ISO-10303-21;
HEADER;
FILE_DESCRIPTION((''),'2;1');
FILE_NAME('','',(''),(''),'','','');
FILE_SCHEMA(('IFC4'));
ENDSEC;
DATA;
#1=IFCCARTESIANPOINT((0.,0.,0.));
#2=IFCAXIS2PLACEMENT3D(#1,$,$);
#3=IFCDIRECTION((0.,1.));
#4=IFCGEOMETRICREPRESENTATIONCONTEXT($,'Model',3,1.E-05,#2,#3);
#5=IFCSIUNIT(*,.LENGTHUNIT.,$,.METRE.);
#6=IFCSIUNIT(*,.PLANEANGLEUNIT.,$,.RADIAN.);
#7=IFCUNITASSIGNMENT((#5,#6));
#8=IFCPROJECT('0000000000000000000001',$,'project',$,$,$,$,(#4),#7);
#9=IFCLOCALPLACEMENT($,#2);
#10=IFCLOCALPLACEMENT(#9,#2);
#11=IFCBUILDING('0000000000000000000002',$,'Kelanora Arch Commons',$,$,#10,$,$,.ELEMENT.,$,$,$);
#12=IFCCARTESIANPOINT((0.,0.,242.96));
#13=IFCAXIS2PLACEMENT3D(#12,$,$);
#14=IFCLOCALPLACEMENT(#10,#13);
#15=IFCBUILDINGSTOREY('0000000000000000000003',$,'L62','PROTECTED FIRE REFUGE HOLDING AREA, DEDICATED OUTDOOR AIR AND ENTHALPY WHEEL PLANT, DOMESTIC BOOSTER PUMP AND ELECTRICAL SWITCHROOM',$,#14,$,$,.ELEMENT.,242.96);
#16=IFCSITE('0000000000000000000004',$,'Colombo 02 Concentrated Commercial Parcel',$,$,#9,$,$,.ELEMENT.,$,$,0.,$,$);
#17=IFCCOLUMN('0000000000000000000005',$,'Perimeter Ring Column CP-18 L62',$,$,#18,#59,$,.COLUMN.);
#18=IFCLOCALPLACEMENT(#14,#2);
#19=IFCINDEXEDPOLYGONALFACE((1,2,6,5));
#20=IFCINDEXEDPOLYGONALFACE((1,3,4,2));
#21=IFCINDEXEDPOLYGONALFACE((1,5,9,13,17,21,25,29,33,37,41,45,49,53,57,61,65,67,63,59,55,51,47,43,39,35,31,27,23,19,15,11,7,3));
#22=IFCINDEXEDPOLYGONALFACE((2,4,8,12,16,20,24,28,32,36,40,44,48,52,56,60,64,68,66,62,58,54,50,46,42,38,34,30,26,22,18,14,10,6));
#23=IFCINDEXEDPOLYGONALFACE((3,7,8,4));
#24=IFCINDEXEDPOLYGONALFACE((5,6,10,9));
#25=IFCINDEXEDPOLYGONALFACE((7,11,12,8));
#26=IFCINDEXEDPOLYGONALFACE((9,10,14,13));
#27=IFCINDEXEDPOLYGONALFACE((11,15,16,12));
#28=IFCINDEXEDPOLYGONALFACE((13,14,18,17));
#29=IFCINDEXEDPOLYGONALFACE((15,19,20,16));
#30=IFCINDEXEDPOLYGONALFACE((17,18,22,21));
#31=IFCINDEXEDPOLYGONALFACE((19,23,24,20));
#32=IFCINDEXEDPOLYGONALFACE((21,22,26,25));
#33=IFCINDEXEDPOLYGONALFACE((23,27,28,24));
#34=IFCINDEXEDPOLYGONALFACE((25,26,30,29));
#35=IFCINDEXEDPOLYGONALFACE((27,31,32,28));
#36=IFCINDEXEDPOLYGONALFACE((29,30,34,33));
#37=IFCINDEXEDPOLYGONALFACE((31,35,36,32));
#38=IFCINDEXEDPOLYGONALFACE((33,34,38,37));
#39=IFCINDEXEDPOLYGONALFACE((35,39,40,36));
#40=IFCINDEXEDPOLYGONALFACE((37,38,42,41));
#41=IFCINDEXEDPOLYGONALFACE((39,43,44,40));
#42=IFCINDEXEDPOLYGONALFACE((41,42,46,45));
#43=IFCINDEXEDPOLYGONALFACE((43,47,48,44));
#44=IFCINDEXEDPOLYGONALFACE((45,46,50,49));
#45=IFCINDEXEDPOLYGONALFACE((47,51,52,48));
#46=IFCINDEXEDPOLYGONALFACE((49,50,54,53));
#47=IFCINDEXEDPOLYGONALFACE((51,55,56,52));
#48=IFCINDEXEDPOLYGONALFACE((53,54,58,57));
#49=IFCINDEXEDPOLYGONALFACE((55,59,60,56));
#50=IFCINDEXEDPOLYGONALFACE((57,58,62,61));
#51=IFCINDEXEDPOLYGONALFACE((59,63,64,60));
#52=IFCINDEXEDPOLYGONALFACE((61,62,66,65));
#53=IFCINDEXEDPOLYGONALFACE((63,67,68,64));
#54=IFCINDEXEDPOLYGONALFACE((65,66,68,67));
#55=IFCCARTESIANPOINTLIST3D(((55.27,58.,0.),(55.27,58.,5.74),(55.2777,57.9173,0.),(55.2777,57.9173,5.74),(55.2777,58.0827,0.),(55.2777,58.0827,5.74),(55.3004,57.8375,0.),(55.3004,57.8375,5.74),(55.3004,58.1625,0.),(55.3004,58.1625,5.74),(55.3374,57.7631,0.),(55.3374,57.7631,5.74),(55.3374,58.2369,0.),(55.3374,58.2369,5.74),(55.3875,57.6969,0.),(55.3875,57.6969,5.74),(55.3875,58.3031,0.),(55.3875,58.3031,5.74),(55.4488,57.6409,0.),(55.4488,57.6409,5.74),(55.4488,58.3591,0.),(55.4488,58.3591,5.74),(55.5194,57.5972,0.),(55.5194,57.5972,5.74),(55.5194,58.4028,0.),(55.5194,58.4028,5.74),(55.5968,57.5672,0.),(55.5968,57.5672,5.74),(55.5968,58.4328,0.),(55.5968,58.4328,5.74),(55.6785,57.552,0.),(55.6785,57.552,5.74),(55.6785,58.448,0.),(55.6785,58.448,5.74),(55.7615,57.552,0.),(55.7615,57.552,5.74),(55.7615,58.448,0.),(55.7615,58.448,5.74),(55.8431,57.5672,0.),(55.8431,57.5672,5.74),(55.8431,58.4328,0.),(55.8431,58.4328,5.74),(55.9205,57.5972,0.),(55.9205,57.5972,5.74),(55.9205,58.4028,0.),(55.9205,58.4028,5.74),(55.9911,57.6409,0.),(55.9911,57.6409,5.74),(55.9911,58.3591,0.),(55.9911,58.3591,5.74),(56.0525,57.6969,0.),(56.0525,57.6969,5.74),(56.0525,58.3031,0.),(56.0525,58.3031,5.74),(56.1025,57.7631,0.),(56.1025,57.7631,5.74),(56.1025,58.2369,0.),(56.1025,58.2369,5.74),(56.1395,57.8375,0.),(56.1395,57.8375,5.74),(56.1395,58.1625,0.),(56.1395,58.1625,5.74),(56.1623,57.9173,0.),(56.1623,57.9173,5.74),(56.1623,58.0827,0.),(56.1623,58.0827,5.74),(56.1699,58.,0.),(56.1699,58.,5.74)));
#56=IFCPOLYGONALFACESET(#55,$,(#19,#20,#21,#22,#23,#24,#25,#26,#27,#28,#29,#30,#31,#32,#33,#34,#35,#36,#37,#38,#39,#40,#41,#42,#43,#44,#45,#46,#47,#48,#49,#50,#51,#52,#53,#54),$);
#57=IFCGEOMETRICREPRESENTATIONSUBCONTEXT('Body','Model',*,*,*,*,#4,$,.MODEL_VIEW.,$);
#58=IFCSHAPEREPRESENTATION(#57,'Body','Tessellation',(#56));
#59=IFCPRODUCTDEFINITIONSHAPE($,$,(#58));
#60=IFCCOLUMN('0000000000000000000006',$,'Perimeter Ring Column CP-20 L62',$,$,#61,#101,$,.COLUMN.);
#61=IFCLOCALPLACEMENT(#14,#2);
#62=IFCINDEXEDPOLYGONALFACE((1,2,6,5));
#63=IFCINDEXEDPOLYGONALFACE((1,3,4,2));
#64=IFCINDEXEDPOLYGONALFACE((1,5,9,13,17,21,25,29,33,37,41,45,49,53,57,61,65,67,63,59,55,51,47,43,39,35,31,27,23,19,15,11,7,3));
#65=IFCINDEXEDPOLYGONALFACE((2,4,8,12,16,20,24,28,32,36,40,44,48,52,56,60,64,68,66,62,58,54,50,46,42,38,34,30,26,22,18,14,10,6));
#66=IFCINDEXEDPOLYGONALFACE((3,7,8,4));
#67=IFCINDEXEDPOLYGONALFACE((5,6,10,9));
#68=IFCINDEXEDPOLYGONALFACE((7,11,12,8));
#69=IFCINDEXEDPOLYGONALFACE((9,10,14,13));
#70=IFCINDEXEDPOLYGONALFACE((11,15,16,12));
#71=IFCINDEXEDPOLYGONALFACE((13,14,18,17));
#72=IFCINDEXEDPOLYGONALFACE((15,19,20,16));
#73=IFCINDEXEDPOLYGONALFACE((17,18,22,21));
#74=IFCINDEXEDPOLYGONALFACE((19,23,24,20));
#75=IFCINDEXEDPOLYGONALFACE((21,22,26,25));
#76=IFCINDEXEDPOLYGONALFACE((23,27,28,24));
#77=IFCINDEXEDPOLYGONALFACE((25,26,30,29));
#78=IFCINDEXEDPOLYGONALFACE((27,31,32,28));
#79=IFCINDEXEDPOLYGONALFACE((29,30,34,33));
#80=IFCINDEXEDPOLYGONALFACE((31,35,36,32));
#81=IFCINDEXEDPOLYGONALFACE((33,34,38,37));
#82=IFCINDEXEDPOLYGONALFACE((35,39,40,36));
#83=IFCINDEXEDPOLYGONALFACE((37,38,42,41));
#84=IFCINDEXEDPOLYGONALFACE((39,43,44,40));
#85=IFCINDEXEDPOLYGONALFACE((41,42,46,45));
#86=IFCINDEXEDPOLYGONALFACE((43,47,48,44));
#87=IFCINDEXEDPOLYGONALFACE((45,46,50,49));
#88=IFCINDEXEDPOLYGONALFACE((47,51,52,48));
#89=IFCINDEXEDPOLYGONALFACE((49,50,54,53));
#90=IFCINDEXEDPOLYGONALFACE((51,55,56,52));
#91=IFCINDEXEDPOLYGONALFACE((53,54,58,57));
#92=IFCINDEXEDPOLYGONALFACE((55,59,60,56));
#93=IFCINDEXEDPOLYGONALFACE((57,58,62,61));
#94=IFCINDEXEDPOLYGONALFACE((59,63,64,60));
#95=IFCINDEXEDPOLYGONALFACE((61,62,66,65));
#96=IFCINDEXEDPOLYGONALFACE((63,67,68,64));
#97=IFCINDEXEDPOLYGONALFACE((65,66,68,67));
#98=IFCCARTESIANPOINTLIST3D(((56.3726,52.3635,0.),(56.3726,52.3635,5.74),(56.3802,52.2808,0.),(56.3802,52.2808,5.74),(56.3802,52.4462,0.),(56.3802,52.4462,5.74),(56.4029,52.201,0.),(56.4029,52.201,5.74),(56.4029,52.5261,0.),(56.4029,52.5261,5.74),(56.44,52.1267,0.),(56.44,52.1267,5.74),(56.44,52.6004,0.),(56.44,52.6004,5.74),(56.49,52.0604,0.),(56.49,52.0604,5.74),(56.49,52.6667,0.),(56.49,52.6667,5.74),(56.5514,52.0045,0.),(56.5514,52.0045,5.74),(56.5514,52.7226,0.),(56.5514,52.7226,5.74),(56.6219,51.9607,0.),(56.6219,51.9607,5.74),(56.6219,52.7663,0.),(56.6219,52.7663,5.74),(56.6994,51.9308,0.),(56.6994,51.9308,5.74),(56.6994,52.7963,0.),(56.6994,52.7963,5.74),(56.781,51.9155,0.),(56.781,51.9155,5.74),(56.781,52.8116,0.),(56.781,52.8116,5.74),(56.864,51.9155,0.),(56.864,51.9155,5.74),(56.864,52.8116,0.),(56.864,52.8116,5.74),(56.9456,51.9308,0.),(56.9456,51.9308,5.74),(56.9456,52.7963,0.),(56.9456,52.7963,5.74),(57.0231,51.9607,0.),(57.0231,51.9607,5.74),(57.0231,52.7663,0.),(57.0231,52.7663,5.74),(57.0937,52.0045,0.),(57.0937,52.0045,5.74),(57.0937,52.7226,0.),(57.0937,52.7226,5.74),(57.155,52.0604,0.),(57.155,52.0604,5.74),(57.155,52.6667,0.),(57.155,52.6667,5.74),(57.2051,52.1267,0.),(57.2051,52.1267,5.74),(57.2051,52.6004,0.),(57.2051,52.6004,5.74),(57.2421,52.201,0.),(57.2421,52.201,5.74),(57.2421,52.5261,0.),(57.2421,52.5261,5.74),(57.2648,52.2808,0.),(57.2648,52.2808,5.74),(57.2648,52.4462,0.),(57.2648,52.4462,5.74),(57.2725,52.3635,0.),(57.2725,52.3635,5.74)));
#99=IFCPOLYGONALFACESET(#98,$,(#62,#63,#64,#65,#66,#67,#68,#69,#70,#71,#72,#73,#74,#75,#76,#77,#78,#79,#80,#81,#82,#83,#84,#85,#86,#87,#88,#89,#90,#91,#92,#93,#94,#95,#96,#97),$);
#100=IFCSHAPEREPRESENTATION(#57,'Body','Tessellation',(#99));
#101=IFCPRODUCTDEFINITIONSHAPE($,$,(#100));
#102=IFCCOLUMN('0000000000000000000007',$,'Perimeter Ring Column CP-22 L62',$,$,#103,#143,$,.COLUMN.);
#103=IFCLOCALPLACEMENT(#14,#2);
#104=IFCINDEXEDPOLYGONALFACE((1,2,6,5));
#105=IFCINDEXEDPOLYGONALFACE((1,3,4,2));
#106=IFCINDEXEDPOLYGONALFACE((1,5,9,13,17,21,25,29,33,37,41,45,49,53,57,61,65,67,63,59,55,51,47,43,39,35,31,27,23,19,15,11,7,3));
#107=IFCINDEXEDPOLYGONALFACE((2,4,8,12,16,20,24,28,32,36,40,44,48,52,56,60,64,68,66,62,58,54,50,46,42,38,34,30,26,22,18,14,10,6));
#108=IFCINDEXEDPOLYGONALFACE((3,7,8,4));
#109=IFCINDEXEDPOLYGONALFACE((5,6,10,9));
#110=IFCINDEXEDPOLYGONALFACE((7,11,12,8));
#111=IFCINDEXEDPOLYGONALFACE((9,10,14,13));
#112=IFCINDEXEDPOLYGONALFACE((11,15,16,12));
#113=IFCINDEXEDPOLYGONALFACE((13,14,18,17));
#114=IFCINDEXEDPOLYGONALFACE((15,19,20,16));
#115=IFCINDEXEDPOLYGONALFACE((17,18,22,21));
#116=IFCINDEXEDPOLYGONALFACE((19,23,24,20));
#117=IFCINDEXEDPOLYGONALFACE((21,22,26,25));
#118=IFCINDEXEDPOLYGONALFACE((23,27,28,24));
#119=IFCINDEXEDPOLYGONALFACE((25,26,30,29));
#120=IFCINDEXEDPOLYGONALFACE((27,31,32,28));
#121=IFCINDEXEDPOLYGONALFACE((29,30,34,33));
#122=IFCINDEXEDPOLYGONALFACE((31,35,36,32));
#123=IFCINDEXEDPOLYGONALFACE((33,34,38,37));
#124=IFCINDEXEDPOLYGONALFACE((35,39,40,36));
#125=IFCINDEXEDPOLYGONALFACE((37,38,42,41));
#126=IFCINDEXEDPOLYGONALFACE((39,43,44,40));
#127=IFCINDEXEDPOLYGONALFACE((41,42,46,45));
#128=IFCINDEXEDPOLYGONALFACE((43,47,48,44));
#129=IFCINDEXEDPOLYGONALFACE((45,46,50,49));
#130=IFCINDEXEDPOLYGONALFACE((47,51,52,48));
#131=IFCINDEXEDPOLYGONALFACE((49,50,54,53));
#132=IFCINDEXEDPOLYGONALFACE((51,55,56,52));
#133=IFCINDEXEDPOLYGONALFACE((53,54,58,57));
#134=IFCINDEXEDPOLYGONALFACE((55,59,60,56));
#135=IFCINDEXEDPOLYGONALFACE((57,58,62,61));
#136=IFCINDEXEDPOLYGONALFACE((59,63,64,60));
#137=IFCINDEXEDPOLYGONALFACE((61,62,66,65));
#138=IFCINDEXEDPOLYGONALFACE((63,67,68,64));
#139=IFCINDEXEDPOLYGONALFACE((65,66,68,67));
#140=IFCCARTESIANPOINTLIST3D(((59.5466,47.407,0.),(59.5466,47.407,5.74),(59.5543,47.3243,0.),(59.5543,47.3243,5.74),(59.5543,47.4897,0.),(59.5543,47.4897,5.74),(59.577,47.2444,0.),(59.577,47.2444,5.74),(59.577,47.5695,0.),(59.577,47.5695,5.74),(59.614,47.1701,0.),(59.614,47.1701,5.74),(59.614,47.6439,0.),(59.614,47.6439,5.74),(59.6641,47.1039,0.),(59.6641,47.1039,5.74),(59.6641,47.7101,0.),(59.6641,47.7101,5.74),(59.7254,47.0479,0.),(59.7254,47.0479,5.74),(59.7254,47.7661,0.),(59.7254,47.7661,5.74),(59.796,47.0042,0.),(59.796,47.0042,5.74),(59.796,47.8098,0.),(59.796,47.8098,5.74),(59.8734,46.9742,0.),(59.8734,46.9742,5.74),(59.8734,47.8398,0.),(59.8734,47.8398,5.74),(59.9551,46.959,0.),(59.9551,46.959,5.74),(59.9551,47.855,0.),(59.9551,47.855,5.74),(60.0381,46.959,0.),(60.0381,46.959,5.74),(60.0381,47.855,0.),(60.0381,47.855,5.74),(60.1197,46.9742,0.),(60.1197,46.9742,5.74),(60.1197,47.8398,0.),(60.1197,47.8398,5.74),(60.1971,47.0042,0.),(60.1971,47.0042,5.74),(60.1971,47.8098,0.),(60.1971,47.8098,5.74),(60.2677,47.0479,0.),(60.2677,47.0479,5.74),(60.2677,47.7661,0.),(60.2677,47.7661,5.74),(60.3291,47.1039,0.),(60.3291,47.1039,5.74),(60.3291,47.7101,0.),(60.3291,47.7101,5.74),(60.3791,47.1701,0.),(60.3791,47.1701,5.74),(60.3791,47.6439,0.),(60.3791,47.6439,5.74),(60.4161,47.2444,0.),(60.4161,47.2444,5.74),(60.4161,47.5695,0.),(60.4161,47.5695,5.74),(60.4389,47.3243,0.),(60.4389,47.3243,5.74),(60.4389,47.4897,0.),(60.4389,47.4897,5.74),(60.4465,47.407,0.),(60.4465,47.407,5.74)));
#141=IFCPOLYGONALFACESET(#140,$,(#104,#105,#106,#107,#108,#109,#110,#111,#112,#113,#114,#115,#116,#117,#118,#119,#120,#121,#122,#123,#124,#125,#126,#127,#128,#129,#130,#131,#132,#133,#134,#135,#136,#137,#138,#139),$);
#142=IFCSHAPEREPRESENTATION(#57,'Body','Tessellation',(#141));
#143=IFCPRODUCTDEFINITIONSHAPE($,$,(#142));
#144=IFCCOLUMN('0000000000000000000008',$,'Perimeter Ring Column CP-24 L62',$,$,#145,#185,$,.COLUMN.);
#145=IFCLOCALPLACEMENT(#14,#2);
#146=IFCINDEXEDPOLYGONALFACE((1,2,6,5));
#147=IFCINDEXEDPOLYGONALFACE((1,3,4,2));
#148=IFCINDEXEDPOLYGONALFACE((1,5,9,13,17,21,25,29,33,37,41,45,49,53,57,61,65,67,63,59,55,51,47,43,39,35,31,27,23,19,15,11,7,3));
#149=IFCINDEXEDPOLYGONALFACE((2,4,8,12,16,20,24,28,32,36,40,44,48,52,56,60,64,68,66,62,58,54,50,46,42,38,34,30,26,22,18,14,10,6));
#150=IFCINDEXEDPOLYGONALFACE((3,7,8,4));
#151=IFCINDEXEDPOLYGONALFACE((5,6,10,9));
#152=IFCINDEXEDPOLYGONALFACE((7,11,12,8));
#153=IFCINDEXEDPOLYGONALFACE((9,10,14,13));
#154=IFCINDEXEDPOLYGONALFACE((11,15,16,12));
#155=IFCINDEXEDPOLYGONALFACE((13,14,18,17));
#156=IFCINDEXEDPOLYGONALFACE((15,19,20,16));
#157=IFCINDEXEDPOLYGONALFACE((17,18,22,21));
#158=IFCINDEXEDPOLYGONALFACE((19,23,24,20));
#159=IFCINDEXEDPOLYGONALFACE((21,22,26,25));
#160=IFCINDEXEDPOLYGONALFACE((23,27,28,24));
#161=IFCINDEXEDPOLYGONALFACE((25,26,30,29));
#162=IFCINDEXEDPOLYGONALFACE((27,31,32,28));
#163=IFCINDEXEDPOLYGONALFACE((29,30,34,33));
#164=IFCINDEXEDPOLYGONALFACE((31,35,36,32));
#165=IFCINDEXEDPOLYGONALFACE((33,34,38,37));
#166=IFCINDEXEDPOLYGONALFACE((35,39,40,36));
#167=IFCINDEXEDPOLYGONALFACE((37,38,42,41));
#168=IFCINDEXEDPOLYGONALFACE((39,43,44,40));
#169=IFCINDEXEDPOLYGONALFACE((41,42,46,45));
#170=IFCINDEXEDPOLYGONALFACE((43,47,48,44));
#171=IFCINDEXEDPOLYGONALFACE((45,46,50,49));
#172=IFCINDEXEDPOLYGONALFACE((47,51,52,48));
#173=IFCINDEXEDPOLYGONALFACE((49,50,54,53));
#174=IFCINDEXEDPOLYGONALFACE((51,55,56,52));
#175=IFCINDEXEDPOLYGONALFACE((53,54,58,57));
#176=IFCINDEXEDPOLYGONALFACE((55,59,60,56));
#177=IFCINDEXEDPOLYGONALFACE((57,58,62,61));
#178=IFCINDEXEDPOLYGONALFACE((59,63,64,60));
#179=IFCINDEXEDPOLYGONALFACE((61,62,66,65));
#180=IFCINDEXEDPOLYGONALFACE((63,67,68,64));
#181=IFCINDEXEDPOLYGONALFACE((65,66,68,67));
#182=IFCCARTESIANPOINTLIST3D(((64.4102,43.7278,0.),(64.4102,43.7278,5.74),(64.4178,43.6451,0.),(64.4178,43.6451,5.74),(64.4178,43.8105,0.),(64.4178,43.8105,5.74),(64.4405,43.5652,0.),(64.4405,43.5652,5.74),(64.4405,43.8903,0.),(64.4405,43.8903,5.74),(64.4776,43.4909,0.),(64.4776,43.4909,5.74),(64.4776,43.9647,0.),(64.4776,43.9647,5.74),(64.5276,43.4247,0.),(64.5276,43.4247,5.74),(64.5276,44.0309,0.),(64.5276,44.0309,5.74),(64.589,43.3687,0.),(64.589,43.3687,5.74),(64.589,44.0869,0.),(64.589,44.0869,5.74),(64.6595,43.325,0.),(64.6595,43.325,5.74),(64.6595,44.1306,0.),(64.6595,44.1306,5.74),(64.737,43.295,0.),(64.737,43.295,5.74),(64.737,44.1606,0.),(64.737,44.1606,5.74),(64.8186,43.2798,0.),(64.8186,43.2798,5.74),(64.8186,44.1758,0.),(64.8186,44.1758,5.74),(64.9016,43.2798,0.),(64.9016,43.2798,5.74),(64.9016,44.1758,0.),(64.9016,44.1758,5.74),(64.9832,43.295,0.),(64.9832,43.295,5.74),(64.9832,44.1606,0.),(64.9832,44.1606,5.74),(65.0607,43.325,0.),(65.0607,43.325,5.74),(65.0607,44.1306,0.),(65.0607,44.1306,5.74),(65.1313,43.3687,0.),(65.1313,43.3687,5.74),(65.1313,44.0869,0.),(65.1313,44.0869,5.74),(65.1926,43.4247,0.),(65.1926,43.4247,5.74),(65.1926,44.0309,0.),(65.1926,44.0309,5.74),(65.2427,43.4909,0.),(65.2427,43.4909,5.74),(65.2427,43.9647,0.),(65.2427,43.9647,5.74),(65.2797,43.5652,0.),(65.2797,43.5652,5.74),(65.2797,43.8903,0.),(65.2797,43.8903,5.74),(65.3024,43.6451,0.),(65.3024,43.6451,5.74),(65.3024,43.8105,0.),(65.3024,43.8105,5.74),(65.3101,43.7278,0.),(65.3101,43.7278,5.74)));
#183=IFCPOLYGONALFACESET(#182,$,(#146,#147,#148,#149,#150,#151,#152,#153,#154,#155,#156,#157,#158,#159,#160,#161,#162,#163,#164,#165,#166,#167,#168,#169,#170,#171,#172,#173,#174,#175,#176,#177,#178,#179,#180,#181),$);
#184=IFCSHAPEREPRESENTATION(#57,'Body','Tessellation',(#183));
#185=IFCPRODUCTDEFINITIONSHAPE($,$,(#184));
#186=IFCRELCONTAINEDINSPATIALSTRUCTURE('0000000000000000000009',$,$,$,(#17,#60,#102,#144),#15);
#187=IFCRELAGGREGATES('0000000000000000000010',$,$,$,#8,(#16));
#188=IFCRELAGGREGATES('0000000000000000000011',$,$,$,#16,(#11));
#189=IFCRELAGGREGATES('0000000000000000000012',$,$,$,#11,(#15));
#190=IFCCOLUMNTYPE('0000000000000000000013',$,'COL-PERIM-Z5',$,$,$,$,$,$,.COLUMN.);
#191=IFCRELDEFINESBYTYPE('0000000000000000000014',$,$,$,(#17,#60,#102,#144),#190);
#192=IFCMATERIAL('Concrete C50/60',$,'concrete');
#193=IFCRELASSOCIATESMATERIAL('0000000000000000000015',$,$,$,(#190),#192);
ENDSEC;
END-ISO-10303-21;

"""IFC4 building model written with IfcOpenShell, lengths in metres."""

from ifc_helpers import new_model, si_unit, direction, frame, origin, origin_2d, place, context, subcontext, project, spatial, circle, extrude, material, material_profile, profile_set, type_object, element, save


model = new_model("IFC4")

# Units and contexts
model_context = context("Model", 3, precision=1e-05, world=origin(), true_north=direction((0.0, 1.0)))
body_context = subcontext(model_context, "Body", "Model", "MODEL_VIEW")
ifc_project = project(units=[si_unit("LENGTHUNIT", "METRE"), si_unit("PLANEANGLEUNIT", "RADIAN")], contexts=[model_context])

# Site, building, storey
site_placement = place(None, origin())
site = spatial("IfcSite", under=ifc_project, at=site_placement, Name="Colombo 02 Concentrated Commercial Parcel", CompositionType="ELEMENT", RefElevation=0.0)
building_placement = place(site_placement, origin())
building = spatial("IfcBuilding", under=site, at=building_placement, Name="Kelanora Arch Commons", CompositionType="ELEMENT")
storey_placement = place(building_placement, frame((0.0, 0.0, 242.96)))
storey = spatial("IfcBuildingStorey", under=building, at=storey_placement, Name="L62", Description="PROTECTED FIRE REFUGE HOLDING AREA, DEDICATED OUTDOOR AIR AND ENTHALPY WHEEL PLANT, DOMESTIC BOOSTER PUMP AND ELECTRICAL SWITCHROOM", CompositionType="ELEMENT", Elevation=242.96)

# Columns
ifc_material_1 = material(Name="Concrete C50/60", Category="concrete")
ifc_material_profile_1 = material_profile(ifc_material_1, circle(Radius=0.45, at=origin_2d()), Name="RCC900")
ifc_profile_set_1 = profile_set([ifc_material_profile_1], Name="Concrete C50/60")
column_type = type_object("IfcColumnType", Name="COL-PERIM-Z5", PredefinedType="COLUMN", material=ifc_profile_set_1)
for number, where, z_axis, x_axis, name in (
    (1, (55.72, 58.0, 0.0), (0.0, 0.0, 1.0), (1.0, 0.0, 0.0), "Perimeter Ring Column CP-18 L62"),
    (2, (56.8225, 52.3635, 0.0), (0.0, 0.0, 1.0), (1.0, 0.0, 0.0), "Perimeter Ring Column CP-20 L62"),
    (3, (59.9966, 47.407, 0.0), (0.0, 0.0, 1.0), (1.0, 0.0, 0.0), "Perimeter Ring Column CP-22 L62"),
    (4, (64.8601, 43.7278, 0.0), (0.0, 0.0, 1.0), (1.0, 0.0, 0.0), "Perimeter Ring Column CP-24 L62"),
):
    element("IfcColumn", number, at=place(storey_placement, frame(where, z_axis=z_axis, x_axis=x_axis)), inside=storey, type_object=column_type, Name=name, PredefinedType="COLUMN", context=body_context, shape_type="SweptSolid", body=[
        extrude(circle(Radius=0.45, at=origin_2d()), origin(), (0.0, 0.0, 1.0), 5.74),
    ])

save(model, "model.ifc")
